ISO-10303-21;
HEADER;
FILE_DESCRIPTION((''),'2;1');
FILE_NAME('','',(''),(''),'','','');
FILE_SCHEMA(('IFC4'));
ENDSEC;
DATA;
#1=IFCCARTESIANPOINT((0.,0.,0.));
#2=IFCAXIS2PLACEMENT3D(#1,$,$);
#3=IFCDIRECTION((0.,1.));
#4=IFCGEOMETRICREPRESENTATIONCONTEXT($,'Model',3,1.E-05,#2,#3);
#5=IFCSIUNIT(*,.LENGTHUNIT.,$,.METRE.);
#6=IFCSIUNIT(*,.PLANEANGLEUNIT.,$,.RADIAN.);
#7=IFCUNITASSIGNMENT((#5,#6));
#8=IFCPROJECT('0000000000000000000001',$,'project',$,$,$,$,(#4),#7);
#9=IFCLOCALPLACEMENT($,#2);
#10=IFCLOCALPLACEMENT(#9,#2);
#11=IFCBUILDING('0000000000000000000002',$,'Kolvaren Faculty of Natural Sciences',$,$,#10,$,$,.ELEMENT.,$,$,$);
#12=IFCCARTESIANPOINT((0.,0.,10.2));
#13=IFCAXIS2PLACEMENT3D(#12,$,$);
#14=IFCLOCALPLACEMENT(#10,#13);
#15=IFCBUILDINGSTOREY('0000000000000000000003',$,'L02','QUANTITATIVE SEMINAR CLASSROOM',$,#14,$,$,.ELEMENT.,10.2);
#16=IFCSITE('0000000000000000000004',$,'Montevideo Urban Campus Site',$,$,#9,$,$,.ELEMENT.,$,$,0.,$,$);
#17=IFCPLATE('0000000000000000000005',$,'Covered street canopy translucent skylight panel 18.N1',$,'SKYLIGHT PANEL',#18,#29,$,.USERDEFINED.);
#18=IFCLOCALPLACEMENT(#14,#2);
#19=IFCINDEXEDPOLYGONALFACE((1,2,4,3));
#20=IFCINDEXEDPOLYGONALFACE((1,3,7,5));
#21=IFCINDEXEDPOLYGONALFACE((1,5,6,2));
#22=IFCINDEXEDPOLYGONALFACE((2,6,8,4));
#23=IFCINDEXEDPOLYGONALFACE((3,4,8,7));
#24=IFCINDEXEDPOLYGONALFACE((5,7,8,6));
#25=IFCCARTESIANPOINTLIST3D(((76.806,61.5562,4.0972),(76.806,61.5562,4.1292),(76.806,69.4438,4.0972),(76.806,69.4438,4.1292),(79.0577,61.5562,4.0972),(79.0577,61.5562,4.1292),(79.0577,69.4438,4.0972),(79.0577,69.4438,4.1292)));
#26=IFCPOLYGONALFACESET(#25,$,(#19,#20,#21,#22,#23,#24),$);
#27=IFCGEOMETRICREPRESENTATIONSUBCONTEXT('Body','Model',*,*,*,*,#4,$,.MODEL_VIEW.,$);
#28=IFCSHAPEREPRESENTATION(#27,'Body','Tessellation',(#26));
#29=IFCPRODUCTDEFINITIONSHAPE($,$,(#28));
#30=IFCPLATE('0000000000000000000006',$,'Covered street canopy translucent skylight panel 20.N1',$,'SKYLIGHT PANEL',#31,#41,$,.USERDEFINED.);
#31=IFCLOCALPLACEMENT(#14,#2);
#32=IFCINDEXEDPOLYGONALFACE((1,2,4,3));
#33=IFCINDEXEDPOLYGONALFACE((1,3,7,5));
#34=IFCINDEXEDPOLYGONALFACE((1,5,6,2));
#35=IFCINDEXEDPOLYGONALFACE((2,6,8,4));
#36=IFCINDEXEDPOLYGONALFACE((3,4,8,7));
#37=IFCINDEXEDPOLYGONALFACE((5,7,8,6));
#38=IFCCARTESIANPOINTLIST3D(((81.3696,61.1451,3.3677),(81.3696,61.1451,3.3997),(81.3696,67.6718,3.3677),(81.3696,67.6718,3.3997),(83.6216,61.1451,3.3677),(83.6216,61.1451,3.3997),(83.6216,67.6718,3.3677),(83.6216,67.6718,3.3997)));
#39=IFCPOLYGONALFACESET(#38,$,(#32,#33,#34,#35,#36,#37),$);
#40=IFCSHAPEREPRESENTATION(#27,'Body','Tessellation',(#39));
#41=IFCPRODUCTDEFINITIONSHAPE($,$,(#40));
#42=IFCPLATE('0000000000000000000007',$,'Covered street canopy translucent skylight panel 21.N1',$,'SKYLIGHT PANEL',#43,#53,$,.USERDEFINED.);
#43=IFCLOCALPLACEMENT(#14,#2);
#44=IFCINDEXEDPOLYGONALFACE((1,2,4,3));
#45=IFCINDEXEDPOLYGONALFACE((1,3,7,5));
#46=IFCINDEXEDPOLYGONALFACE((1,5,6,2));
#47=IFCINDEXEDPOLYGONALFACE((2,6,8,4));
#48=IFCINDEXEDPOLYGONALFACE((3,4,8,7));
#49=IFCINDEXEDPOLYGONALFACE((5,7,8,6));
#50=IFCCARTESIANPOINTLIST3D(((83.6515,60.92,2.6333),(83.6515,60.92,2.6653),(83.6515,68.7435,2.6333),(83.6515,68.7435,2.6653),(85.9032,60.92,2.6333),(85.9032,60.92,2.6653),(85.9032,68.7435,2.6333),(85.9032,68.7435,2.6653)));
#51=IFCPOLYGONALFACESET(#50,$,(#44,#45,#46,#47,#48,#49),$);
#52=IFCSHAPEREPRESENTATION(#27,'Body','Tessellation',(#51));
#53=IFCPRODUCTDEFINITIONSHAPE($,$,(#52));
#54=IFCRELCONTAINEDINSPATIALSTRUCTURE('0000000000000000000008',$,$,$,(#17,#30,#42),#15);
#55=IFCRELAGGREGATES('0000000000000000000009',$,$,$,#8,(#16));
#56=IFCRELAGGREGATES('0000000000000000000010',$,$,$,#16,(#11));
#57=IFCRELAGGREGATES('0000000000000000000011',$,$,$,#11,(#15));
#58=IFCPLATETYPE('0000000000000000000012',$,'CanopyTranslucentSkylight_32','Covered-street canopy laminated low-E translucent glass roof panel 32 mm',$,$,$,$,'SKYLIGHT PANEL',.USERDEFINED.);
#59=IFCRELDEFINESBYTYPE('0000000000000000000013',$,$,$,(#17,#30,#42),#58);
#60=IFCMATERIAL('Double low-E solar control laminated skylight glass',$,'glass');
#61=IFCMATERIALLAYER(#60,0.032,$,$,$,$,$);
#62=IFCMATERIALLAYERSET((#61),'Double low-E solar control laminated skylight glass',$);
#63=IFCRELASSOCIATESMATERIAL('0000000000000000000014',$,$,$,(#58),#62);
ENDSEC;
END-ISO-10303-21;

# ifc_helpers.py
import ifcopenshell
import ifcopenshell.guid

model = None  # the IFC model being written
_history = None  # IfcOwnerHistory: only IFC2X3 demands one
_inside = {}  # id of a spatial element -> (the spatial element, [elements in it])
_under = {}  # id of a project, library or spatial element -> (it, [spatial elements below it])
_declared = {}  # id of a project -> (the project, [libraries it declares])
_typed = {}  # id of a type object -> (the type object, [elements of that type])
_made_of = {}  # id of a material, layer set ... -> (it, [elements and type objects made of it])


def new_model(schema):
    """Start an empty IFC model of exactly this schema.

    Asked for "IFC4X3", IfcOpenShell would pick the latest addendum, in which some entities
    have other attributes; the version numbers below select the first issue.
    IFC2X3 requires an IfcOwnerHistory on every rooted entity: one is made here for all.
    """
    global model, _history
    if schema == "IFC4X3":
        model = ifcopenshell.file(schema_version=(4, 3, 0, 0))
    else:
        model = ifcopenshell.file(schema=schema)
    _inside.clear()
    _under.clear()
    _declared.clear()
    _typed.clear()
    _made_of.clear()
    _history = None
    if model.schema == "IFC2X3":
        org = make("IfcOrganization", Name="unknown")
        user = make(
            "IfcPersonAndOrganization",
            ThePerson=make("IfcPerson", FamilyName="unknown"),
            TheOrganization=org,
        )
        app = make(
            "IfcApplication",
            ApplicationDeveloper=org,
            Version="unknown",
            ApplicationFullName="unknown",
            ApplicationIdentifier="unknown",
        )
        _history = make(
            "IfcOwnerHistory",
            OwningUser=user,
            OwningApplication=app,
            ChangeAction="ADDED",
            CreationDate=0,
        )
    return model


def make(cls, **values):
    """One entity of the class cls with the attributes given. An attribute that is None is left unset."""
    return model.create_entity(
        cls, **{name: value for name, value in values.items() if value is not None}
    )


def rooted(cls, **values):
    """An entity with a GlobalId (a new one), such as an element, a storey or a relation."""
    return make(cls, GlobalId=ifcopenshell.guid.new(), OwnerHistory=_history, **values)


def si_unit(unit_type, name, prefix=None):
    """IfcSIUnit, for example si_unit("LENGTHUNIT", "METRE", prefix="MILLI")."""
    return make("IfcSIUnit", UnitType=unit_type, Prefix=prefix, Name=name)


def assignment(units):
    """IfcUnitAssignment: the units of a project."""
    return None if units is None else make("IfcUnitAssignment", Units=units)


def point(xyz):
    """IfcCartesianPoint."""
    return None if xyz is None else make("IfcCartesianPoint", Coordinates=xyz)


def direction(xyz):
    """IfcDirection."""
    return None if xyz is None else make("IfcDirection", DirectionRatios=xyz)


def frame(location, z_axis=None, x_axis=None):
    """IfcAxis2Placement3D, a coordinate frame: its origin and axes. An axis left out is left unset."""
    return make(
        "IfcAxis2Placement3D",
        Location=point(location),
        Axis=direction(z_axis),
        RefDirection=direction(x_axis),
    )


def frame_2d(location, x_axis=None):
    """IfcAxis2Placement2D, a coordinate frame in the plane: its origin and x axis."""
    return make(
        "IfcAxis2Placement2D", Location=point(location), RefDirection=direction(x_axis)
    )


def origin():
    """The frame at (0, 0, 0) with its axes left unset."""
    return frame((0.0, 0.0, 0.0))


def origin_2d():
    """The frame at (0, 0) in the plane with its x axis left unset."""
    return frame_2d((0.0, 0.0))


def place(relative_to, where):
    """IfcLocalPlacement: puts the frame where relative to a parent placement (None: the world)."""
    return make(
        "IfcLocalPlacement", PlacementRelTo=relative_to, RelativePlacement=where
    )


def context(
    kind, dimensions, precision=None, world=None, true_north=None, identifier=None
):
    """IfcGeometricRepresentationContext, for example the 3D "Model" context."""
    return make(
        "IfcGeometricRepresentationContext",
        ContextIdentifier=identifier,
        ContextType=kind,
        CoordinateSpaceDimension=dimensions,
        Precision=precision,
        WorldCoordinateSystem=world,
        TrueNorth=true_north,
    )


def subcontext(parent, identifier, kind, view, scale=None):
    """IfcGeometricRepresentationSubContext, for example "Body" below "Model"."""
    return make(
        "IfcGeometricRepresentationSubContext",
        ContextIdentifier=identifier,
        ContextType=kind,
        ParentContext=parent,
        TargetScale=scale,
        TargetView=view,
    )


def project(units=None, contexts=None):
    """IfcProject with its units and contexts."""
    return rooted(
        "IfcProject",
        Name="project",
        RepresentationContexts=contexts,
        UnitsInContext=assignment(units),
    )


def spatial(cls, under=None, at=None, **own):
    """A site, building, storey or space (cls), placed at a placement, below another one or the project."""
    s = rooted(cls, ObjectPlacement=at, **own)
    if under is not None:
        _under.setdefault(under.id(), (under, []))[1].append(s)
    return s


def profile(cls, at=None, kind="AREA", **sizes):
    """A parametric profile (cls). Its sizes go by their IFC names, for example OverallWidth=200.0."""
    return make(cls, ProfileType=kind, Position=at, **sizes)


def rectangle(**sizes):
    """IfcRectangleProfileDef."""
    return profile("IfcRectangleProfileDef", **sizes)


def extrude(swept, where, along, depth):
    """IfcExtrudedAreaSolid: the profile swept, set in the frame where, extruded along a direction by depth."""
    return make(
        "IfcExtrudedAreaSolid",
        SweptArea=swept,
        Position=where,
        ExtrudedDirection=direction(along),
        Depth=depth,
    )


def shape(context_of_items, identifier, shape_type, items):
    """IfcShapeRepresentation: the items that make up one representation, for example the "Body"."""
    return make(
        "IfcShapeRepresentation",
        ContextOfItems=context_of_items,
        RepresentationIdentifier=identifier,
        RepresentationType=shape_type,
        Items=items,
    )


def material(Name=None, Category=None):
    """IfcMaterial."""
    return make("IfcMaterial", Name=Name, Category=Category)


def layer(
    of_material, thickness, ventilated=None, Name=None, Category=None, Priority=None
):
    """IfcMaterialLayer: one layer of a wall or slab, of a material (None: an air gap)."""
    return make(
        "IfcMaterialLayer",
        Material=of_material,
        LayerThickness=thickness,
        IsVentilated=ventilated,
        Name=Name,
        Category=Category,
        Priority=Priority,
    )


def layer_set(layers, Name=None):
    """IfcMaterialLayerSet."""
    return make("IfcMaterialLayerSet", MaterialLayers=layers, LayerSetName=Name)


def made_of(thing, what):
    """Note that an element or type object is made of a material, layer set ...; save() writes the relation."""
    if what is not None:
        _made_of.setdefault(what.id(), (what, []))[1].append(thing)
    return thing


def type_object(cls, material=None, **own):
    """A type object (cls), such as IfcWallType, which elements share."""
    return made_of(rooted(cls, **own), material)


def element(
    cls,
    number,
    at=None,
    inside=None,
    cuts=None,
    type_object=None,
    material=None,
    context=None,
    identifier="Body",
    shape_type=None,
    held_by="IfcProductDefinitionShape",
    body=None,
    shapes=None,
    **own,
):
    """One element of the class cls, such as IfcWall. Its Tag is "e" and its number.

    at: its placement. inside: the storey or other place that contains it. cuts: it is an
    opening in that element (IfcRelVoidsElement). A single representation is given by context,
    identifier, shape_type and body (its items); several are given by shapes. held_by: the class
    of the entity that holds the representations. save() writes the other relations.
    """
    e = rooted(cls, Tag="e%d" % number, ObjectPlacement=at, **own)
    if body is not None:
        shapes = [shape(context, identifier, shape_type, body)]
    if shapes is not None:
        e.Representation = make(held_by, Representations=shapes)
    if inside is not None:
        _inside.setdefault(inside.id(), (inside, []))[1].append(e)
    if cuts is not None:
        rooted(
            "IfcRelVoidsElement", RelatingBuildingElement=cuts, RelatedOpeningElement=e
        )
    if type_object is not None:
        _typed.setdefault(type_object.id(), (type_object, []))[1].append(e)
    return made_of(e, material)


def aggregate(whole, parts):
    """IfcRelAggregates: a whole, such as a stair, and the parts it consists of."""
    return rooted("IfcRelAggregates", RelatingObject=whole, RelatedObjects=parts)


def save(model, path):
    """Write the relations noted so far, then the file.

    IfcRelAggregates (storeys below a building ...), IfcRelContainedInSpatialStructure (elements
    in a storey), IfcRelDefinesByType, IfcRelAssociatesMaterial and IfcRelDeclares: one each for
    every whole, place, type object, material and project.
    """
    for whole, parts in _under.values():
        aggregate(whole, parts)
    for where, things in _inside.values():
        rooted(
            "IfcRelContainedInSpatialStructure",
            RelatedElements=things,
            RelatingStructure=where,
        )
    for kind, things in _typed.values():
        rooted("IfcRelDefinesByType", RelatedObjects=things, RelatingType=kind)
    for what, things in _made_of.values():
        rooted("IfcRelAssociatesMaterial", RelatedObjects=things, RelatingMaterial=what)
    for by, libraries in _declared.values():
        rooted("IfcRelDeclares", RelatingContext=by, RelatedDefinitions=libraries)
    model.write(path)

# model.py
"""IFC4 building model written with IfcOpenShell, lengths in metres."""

from ifc_helpers import new_model, si_unit, direction, frame, origin, origin_2d, place, context, subcontext, project, spatial, rectangle, extrude, material, layer, layer_set, type_object, element, save


model = new_model("IFC4")

# Units and contexts
model_context = context("Model", 3, precision=1e-05, world=origin(), true_north=direction((0.0, 1.0)))
body_context = subcontext(model_context, "Body", "Model", "MODEL_VIEW")
ifc_project = project(units=[si_unit("LENGTHUNIT", "METRE"), si_unit("PLANEANGLEUNIT", "RADIAN")], contexts=[model_context])

# Site, building, storey
site_placement = place(None, origin())
site = spatial("IfcSite", under=ifc_project, at=site_placement, Name="Montevideo Urban Campus Site", CompositionType="ELEMENT", RefElevation=0.0)
building_placement = place(site_placement, origin())
building = spatial("IfcBuilding", under=site, at=building_placement, Name="Kolvaren Faculty of Natural Sciences", CompositionType="ELEMENT")
storey_placement = place(building_placement, frame((0.0, 0.0, 10.2)))
storey = spatial("IfcBuildingStorey", under=building, at=storey_placement, Name="L02", Description="QUANTITATIVE SEMINAR CLASSROOM", CompositionType="ELEMENT", Elevation=10.2)

# Plates
ifc_material_1 = material(Name="Double low-E solar control laminated skylight glass", Category="glass")
ifc_layer_1 = layer(ifc_material_1, 0.032)
ifc_layer_set_1 = layer_set([ifc_layer_1], Name="Double low-E solar control laminated skylight glass")
plate_type_1 = type_object("IfcPlateType", Name="CanopyTranslucentSkylight_32", Description="Covered-street canopy laminated low-E translucent glass roof panel 32 mm", ElementType="SKYLIGHT PANEL", PredefinedType="USERDEFINED", material=ifc_layer_set_1)
plate_1_placement = place(storey_placement, frame((77.9319, 65.5, 4.0972), z_axis=(0.0, 0.0, 1.0), x_axis=(1.0, 0.0, 0.0)))
element("IfcPlate", 1, at=plate_1_placement, inside=storey, type_object=plate_type_1, Name="Covered street canopy translucent skylight panel 18.N1", ObjectType="SKYLIGHT PANEL", PredefinedType="USERDEFINED", context=body_context, shape_type="SweptSolid", body=[
    extrude(rectangle(XDim=2.2517, YDim=7.8877, at=origin_2d()), origin(), (0.0, 0.0, 1.0), 0.032),
])
plate_2_placement = place(storey_placement, frame((82.4956, 64.4084, 3.3677), z_axis=(0.0, 0.0, 1.0), x_axis=(1.0, 0.0, 0.0)))
element("IfcPlate", 2, at=plate_2_placement, inside=storey, type_object=plate_type_1, Name="Covered street canopy translucent skylight panel 20.N1", ObjectType="SKYLIGHT PANEL", PredefinedType="USERDEFINED", context=body_context, shape_type="SweptSolid", body=[
    extrude(rectangle(XDim=2.252, YDim=6.5266, at=origin_2d()), origin(), (0.0, 0.0, 1.0), 0.032),
])
plate_3_placement = place(storey_placement, frame((84.7773, 64.8318, 2.6333), z_axis=(0.0, 0.0, 1.0), x_axis=(1.0, 0.0, 0.0)))
element("IfcPlate", 3, at=plate_3_placement, inside=storey, type_object=plate_type_1, Name="Covered street canopy translucent skylight panel 21.N1", ObjectType="SKYLIGHT PANEL", PredefinedType="USERDEFINED", context=body_context, shape_type="SweptSolid", body=[
    extrude(rectangle(XDim=2.2517, YDim=7.8235, at=origin_2d()), origin(), (0.0, 0.0, 1.0), 0.032),
])

save(model, "model.ifc")
